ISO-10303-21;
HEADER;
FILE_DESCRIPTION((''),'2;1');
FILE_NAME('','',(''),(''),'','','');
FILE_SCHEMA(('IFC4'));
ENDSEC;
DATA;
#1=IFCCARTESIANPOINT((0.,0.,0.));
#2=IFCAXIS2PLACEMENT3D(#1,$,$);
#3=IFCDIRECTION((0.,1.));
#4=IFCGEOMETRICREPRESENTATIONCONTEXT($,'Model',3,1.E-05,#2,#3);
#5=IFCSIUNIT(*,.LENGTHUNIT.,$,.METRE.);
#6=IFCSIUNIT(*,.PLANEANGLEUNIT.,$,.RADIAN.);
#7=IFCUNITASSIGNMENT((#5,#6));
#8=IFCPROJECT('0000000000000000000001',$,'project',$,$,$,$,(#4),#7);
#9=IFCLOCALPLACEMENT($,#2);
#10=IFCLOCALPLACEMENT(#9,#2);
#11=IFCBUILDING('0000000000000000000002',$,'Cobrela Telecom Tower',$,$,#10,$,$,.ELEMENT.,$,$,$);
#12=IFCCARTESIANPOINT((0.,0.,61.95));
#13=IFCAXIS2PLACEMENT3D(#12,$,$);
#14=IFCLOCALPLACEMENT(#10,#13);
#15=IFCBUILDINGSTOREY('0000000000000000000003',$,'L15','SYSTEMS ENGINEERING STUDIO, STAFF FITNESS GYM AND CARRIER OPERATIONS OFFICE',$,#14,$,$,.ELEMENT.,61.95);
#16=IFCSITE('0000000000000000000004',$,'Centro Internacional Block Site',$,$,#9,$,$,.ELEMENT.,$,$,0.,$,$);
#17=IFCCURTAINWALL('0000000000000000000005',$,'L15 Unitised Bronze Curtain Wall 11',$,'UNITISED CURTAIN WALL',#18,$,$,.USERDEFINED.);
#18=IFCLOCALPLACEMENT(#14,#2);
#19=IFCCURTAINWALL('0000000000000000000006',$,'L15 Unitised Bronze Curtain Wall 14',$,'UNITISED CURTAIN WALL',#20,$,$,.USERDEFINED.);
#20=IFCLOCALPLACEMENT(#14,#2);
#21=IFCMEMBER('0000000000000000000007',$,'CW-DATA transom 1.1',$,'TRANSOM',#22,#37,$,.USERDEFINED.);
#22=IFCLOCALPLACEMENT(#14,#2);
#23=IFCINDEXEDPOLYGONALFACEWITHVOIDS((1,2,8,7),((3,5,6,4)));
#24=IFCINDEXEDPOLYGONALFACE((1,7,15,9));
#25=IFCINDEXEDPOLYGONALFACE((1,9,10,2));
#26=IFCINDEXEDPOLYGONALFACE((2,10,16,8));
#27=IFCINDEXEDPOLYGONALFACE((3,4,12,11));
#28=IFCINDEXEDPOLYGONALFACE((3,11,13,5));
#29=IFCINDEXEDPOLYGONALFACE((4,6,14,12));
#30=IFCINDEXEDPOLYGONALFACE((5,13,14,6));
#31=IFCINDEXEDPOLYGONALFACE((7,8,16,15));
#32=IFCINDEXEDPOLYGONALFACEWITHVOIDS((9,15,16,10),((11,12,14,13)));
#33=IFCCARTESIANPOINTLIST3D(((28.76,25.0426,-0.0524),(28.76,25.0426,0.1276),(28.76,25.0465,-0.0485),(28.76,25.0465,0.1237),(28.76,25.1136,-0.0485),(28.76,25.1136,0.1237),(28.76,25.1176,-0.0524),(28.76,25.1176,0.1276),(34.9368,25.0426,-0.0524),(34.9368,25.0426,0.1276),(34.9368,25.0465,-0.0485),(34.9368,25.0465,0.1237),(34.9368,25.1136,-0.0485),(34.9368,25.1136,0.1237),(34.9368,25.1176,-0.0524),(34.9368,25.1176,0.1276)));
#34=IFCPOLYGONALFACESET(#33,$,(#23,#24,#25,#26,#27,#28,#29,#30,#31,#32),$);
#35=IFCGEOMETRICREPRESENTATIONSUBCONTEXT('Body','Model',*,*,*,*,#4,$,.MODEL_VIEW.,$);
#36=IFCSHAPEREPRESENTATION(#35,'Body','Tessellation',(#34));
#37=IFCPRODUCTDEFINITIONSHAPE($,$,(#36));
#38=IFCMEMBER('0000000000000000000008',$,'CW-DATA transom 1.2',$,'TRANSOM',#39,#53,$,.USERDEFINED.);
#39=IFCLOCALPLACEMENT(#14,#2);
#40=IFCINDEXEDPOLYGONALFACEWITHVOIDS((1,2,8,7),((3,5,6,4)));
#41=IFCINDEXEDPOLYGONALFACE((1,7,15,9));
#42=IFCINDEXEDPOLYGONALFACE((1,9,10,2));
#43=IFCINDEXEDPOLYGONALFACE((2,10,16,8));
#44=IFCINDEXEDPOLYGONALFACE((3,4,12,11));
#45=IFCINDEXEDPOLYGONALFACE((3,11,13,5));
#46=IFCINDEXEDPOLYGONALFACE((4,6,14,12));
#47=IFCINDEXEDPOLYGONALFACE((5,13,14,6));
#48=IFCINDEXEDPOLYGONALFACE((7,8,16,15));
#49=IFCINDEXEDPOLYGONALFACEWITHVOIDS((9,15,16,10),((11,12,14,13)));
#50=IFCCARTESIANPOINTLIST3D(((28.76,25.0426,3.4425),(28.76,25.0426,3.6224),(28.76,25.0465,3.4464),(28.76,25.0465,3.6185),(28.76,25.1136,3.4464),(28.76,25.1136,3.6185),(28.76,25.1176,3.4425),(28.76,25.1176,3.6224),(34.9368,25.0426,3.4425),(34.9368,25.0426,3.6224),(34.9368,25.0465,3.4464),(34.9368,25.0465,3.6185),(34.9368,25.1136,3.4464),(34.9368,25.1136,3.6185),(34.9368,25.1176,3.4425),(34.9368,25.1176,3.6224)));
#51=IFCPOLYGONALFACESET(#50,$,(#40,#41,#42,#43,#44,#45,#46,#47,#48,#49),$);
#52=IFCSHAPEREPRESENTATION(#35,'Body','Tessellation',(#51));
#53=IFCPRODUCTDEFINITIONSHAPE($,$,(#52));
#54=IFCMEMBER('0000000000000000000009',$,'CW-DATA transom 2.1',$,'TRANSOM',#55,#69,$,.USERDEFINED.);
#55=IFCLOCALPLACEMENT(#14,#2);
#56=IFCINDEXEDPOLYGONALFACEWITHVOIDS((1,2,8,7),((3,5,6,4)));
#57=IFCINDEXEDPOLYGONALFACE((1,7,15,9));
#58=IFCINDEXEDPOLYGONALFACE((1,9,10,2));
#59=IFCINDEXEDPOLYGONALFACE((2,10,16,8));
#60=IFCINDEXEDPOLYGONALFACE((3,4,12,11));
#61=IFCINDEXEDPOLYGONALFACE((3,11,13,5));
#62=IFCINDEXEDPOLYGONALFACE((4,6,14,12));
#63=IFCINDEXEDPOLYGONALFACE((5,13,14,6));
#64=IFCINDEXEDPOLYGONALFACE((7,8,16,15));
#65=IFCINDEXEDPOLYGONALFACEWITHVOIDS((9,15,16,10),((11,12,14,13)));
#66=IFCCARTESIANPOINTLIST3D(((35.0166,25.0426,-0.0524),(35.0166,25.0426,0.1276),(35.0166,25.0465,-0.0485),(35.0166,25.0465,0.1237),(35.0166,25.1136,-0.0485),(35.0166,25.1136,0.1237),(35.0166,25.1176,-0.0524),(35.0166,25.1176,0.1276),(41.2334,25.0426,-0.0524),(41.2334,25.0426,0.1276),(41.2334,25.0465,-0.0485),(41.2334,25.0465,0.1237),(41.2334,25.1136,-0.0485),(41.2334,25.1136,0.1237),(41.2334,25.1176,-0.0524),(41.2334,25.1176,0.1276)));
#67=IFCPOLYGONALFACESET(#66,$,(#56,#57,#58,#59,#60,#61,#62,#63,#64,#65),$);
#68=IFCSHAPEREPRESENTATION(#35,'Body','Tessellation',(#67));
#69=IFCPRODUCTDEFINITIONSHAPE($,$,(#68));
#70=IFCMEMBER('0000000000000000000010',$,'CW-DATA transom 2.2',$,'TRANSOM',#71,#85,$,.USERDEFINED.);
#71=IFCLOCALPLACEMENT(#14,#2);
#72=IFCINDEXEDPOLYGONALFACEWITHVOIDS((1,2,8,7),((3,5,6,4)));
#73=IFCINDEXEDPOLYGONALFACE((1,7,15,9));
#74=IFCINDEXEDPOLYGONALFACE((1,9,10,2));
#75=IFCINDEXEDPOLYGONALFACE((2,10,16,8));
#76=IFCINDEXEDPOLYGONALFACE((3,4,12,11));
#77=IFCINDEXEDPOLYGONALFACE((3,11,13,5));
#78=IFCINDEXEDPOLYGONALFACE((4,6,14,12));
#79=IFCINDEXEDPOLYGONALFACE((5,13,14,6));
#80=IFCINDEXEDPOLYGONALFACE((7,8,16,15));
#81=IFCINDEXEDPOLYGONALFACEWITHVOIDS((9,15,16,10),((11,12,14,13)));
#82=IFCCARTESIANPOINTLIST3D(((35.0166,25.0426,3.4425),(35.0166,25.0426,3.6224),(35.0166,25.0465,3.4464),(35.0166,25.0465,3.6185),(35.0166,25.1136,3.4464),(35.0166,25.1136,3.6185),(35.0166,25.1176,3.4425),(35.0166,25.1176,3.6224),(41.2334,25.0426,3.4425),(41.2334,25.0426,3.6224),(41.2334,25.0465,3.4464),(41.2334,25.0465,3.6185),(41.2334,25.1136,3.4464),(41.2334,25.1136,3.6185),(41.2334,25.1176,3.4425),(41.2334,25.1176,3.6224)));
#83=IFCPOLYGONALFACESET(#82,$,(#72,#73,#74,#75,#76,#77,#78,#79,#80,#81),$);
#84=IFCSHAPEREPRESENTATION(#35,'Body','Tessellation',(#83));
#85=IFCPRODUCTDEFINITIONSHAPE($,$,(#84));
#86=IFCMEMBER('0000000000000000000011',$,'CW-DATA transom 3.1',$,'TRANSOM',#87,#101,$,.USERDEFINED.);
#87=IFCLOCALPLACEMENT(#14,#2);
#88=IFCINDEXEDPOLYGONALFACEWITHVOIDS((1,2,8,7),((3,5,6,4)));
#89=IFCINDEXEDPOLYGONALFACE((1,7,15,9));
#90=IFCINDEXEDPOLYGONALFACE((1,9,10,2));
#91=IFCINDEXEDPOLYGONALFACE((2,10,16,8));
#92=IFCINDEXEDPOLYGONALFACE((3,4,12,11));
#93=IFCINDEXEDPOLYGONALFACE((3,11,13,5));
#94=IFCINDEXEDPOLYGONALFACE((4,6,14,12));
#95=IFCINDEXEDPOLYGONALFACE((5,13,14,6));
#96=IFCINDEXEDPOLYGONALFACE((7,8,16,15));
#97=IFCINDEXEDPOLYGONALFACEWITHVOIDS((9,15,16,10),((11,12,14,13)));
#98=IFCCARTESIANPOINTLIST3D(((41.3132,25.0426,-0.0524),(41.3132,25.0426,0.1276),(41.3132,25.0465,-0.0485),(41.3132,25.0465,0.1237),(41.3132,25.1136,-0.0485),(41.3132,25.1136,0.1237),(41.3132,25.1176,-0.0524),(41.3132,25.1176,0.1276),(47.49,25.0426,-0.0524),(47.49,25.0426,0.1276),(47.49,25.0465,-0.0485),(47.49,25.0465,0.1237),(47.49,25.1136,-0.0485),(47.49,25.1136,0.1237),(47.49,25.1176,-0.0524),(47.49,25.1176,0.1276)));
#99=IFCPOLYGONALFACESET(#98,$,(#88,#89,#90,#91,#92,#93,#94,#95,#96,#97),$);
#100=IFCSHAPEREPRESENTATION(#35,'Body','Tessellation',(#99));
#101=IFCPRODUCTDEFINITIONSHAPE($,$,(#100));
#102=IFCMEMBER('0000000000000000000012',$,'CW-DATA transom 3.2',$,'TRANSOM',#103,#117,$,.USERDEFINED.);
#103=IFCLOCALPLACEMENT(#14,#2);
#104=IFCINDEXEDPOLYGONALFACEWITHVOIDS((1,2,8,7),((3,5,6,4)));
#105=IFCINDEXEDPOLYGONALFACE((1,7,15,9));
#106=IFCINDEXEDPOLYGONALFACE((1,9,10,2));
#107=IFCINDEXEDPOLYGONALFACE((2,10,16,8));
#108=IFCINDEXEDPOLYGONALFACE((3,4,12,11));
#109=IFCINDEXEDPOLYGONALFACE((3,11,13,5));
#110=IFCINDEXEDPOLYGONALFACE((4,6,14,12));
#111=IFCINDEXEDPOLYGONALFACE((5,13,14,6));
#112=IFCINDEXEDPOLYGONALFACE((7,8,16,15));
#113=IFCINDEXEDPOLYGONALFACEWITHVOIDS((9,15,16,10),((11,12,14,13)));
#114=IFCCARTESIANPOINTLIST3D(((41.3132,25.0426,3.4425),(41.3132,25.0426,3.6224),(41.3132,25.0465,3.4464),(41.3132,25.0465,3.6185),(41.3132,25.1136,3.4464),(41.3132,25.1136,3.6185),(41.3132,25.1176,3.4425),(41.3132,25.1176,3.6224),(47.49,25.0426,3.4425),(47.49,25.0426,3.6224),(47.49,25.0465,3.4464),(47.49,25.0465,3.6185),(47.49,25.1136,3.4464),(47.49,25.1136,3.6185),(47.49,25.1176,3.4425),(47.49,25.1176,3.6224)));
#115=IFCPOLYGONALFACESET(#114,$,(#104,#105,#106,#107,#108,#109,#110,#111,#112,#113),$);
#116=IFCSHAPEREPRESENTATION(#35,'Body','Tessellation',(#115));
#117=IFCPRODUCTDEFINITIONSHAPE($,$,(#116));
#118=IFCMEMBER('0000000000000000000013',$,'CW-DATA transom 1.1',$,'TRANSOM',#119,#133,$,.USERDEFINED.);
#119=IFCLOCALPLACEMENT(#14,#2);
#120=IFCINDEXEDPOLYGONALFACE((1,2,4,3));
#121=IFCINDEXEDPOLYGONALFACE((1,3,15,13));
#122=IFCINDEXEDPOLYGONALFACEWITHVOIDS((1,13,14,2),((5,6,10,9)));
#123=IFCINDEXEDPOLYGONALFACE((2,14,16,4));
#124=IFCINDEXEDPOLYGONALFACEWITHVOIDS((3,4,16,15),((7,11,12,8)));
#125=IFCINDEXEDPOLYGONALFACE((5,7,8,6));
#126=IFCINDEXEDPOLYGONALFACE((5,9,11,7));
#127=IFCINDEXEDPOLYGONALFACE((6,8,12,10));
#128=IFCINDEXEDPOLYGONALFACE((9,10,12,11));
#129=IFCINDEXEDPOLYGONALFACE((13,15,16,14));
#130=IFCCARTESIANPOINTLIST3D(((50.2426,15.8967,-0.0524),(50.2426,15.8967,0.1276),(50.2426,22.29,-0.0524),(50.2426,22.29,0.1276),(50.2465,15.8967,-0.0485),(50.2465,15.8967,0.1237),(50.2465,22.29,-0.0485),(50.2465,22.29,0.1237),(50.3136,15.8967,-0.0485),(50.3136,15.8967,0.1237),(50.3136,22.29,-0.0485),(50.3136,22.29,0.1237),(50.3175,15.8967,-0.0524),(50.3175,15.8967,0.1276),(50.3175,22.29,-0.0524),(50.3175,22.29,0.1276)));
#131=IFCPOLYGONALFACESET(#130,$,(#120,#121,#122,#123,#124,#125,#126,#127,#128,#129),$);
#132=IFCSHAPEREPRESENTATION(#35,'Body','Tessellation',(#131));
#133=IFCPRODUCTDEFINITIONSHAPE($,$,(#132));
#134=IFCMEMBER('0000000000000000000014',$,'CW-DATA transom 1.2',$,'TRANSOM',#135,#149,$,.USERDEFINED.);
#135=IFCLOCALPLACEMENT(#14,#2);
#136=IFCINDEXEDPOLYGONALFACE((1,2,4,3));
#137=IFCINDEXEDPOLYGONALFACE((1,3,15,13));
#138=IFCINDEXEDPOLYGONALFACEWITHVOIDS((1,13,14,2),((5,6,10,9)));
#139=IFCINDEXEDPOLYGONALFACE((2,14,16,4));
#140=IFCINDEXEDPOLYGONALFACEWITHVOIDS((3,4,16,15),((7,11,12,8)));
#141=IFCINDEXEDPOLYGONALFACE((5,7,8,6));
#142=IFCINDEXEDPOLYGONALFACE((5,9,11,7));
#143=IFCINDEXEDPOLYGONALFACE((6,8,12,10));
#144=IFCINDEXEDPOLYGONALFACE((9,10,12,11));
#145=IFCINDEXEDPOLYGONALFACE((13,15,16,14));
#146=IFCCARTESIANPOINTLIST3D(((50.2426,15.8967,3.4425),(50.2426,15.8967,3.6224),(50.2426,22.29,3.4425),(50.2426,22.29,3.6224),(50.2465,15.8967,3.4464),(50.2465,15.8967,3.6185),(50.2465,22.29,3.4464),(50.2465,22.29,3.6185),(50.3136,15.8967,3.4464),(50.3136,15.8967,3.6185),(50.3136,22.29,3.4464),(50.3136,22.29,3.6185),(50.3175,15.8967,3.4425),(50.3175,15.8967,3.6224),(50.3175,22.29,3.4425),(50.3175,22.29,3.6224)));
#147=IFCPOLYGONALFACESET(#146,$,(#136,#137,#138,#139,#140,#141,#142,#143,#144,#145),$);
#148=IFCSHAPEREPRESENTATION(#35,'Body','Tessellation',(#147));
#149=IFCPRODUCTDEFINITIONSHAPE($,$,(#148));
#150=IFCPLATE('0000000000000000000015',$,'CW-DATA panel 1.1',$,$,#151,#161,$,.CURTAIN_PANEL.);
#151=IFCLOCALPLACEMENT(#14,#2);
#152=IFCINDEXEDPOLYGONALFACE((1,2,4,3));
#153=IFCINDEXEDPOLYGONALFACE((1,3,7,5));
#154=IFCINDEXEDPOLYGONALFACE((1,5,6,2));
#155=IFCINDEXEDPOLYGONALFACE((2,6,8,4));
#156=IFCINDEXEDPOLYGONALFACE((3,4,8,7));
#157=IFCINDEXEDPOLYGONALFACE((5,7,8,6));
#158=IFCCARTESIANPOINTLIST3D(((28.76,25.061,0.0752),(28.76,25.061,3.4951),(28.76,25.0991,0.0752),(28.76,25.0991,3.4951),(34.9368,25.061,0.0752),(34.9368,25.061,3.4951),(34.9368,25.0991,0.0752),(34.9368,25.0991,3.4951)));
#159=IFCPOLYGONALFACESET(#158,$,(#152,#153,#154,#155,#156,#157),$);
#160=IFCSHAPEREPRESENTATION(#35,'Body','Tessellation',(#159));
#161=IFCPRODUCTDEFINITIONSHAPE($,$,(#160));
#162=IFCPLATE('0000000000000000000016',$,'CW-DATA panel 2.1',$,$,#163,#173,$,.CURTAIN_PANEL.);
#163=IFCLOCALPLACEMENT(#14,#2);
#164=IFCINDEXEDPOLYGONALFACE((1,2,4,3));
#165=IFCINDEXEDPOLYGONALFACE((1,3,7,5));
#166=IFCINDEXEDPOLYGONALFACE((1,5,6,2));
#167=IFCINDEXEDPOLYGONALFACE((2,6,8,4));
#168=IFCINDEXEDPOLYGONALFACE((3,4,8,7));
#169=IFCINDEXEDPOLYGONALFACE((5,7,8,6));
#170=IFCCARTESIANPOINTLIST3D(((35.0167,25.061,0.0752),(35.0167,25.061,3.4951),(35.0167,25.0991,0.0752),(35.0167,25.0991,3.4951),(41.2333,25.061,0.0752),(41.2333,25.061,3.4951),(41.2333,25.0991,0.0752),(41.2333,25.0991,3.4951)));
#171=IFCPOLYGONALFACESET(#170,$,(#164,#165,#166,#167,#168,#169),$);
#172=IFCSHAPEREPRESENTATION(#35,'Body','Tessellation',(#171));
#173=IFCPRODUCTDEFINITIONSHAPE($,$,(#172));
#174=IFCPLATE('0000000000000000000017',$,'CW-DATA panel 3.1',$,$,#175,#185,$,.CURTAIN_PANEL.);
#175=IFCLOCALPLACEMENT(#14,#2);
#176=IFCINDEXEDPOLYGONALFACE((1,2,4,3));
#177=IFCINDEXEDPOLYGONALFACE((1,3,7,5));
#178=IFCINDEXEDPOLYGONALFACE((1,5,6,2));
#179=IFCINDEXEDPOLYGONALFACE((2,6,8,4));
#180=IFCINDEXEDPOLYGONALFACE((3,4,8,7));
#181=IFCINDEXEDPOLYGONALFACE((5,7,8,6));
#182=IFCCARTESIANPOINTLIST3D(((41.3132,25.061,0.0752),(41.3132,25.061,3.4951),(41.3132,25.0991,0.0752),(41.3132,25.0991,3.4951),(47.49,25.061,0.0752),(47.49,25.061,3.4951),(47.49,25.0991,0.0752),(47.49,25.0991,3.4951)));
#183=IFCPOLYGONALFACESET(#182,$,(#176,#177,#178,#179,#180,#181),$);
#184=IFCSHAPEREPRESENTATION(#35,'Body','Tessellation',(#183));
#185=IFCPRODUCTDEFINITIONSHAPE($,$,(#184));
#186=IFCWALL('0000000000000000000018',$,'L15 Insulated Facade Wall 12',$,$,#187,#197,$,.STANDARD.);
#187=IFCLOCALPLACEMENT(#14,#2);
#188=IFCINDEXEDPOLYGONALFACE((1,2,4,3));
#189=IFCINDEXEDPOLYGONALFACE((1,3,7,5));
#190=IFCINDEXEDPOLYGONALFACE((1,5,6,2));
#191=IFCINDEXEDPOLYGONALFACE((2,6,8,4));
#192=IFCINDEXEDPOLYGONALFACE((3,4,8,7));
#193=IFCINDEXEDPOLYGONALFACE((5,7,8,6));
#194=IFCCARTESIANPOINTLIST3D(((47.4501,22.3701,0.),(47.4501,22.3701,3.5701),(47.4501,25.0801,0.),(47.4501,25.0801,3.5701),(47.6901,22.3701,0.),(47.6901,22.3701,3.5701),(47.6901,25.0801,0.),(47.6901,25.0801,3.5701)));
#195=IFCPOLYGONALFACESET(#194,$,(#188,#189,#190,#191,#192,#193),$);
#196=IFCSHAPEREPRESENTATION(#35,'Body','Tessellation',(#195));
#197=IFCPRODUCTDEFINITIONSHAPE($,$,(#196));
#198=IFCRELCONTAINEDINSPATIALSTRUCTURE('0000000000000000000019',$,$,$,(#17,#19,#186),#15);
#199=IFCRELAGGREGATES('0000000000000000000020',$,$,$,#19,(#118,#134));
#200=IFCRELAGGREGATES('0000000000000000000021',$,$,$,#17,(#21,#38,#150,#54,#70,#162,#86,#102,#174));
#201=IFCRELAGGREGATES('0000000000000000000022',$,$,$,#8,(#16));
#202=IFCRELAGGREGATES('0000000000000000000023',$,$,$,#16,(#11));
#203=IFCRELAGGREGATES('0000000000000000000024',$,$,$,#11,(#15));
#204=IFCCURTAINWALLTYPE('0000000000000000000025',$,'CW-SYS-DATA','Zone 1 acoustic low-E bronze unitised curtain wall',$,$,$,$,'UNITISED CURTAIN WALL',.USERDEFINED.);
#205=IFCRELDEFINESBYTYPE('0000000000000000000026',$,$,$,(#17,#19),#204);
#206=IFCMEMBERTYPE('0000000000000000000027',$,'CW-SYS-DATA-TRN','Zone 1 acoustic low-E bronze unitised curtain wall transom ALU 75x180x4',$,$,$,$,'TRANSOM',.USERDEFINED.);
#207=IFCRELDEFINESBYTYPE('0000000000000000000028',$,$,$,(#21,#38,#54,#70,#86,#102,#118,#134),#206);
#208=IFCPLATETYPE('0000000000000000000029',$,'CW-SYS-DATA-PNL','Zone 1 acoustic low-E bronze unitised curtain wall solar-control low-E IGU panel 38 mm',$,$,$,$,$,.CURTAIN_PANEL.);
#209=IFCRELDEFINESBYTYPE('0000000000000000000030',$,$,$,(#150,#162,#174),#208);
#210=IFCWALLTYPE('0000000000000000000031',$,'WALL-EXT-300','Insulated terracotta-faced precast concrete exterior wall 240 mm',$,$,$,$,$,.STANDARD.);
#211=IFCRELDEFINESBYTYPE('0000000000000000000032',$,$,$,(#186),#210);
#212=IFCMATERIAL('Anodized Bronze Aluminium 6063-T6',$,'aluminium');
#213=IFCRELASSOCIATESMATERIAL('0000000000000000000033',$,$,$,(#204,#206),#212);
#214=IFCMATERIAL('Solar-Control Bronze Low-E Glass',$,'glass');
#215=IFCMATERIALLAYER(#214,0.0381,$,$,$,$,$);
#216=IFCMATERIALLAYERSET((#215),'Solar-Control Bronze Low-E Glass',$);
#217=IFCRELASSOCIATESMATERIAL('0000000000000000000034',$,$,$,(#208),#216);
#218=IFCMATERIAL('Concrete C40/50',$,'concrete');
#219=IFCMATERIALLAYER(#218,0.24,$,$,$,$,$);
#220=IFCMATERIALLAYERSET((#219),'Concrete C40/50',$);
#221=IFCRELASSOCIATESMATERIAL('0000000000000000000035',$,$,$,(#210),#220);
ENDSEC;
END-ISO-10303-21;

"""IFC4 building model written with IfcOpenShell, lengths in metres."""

from ifc_helpers import new_model, si_unit, direction, frame, frame_2d, origin, origin_2d, place, context, subcontext, project, spatial, rectangle, hollow_rectangle, extrude, material, layer, layer_set, material_profile, profile_set, type_object, element, aggregate, save


model = new_model("IFC4")

# Units and contexts
model_context = context("Model", 3, precision=1e-05, world=origin(), true_north=direction((0.0, 1.0)))
body_context = subcontext(model_context, "Body", "Model", "MODEL_VIEW")
ifc_project = project(units=[si_unit("LENGTHUNIT", "METRE"), si_unit("PLANEANGLEUNIT", "RADIAN")], contexts=[model_context])

# Site, building, storey
site_placement = place(None, origin())
site = spatial("IfcSite", under=ifc_project, at=site_placement, Name="Centro Internacional Block Site", CompositionType="ELEMENT", RefElevation=0.0)
building_placement = place(site_placement, origin())
building = spatial("IfcBuilding", under=site, at=building_placement, Name="Cobrela Telecom Tower", CompositionType="ELEMENT")
storey_placement = place(building_placement, frame((0.0, 0.0, 61.95)))
storey = spatial("IfcBuildingStorey", under=building, at=storey_placement, Name="L15", Description="SYSTEMS ENGINEERING STUDIO, STAFF FITNESS GYM AND CARRIER OPERATIONS OFFICE", CompositionType="ELEMENT", Elevation=61.95)

# Shared definitions
ifc_material_1 = material(Name="Anodized Bronze Aluminium 6063-T6", Category="aluminium")
curtain_wall_type = type_object("IfcCurtainWallType", Name="CW-SYS-DATA", Description="Zone 1 acoustic low-E bronze unitised curtain wall", ElementType="UNITISED CURTAIN WALL", PredefinedType="USERDEFINED", material=ifc_material_1)

# Curtain wall
curtain_wall_1_placement = place(storey_placement, origin())
curtain_wall_1 = element("IfcCurtainWall", 1, at=curtain_wall_1_placement, inside=storey, type_object=curtain_wall_type, Name="L15 Unitised Bronze Curtain Wall 11", ObjectType="UNITISED CURTAIN WALL", PredefinedType="USERDEFINED")

# Curtain wall
curtain_wall_2_placement = place(storey_placement, origin())
curtain_wall_2 = element("IfcCurtainWall", 2, at=curtain_wall_2_placement, inside=storey, type_object=curtain_wall_type, Name="L15 Unitised Bronze Curtain Wall 14", ObjectType="UNITISED CURTAIN WALL", PredefinedType="USERDEFINED")

# Members
ifc_material_profile_1 = material_profile(ifc_material_1, hollow_rectangle(XDim=0.075, YDim=0.1799, WallThickness=0.0039, at=origin_2d()), Name="ALU 75x180x4")
ifc_profile_set_1 = profile_set([ifc_material_profile_1], Name="Anodized Bronze Aluminium 6063-T6")
member_type_1 = type_object("IfcMemberType", Name="CW-SYS-DATA-TRN", Description="Zone 1 acoustic low-E bronze unitised curtain wall transom ALU 75x180x4", ElementType="TRANSOM", PredefinedType="USERDEFINED", material=ifc_profile_set_1)
member_1_placement = place(storey_placement, frame((28.76, 25.0801, 0.0376), z_axis=(1.0, 0.0, 0.0), x_axis=(0.0, 1.0, 0.0)))
member_1 = element("IfcMember", 3, at=member_1_placement, type_object=member_type_1, Name="CW-DATA transom 1.1", ObjectType="TRANSOM", PredefinedType="USERDEFINED", context=body_context, shape_type="SweptSolid", body=[
    extrude(hollow_rectangle(XDim=0.075, YDim=0.1799, WallThickness=0.0039, at=origin_2d()), origin(), (0.0, 0.0, 1.0), 6.1768),
])
member_2_placement = place(storey_placement, frame((28.76, 25.0801, 3.5325), z_axis=(1.0, 0.0, 0.0), x_axis=(0.0, 1.0, 0.0)))
member_2 = element("IfcMember", 4, at=member_2_placement, type_object=member_type_1, Name="CW-DATA transom 1.2", ObjectType="TRANSOM", PredefinedType="USERDEFINED", context=body_context, shape_type="SweptSolid", body=[
    extrude(hollow_rectangle(XDim=0.075, YDim=0.1799, WallThickness=0.0039, at=origin_2d()), origin(), (0.0, 0.0, 1.0), 6.1768),
])
member_3_placement = place(storey_placement, frame((35.0166, 25.0801, 0.0376), z_axis=(1.0, 0.0, 0.0), x_axis=(0.0, 1.0, 0.0)))
member_3 = element("IfcMember", 5, at=member_3_placement, type_object=member_type_1, Name="CW-DATA transom 2.1", ObjectType="TRANSOM", PredefinedType="USERDEFINED", context=body_context, shape_type="SweptSolid", body=[
    extrude(hollow_rectangle(XDim=0.075, YDim=0.1799, WallThickness=0.0039, at=origin_2d()), origin(), (0.0, 0.0, 1.0), 6.2168),
])
member_4_placement = place(storey_placement, frame((35.0166, 25.0801, 3.5325), z_axis=(1.0, 0.0, 0.0), x_axis=(0.0, 1.0, 0.0)))
member_4 = element("IfcMember", 6, at=member_4_placement, type_object=member_type_1, Name="CW-DATA transom 2.2", ObjectType="TRANSOM", PredefinedType="USERDEFINED", context=body_context, shape_type="SweptSolid", body=[
    extrude(hollow_rectangle(XDim=0.075, YDim=0.1799, WallThickness=0.0039, at=origin_2d()), origin(), (0.0, 0.0, 1.0), 6.2168),
])
member_5_placement = place(storey_placement, frame((41.3132, 25.0801, 0.0376), z_axis=(1.0, 0.0, 0.0), x_axis=(0.0, 1.0, 0.0)))
member_5 = element("IfcMember", 7, at=member_5_placement, type_object=member_type_1, Name="CW-DATA transom 3.1", ObjectType="TRANSOM", PredefinedType="USERDEFINED", context=body_context, shape_type="SweptSolid", body=[
    extrude(hollow_rectangle(XDim=0.075, YDim=0.1799, WallThickness=0.0039, at=origin_2d()), origin(), (0.0, 0.0, 1.0), 6.1768),
])
member_6_placement = place(storey_placement, frame((41.3132, 25.0801, 3.5325), z_axis=(1.0, 0.0, 0.0), x_axis=(0.0, 1.0, 0.0)))
member_6 = element("IfcMember", 8, at=member_6_placement, type_object=member_type_1, Name="CW-DATA transom 3.2", ObjectType="TRANSOM", PredefinedType="USERDEFINED", context=body_context, shape_type="SweptSolid", body=[
    extrude(hollow_rectangle(XDim=0.075, YDim=0.1799, WallThickness=0.0039, at=origin_2d()), origin(), (0.0, 0.0, 1.0), 6.1768),
])
member_7_placement = place(storey_placement, frame((50.28, 22.29, 0.0376), z_axis=(0.0, -1.0, 0.0), x_axis=(1.0, 0.0, 0.0)))
member_7 = element("IfcMember", 9, at=member_7_placement, type_object=member_type_1, Name="CW-DATA transom 1.1", ObjectType="TRANSOM", PredefinedType="USERDEFINED", context=body_context, shape_type="SweptSolid", body=[
    extrude(hollow_rectangle(XDim=0.075, YDim=0.1799, WallThickness=0.0039, at=origin_2d()), origin(), (0.0, 0.0, 1.0), 6.3933),
])
member_8_placement = place(storey_placement, frame((50.28, 22.29, 3.5325), z_axis=(0.0, -1.0, 0.0), x_axis=(1.0, 0.0, 0.0)))
member_8 = element("IfcMember", 10, at=member_8_placement, type_object=member_type_1, Name="CW-DATA transom 1.2", ObjectType="TRANSOM", PredefinedType="USERDEFINED", context=body_context, shape_type="SweptSolid", body=[
    extrude(hollow_rectangle(XDim=0.075, YDim=0.1799, WallThickness=0.0039, at=origin_2d()), origin(), (0.0, 0.0, 1.0), 6.3933),
])
aggregate(curtain_wall_2, [member_7, member_8])

# Plates
ifc_material_2 = material(Name="Solar-Control Bronze Low-E Glass", Category="glass")
ifc_layer_1 = layer(ifc_material_2, 0.0381)
ifc_layer_set_1 = layer_set([ifc_layer_1], Name="Solar-Control Bronze Low-E Glass")
plate_type = type_object("IfcPlateType", Name="CW-SYS-DATA-PNL", Description="Zone 1 acoustic low-E bronze unitised curtain wall solar-control low-E IGU panel 38 mm", PredefinedType="CURTAIN_PANEL", material=ifc_layer_set_1)
plate_1_placement = place(storey_placement, frame((31.8484, 25.0801, 0.0752), z_axis=(0.0, 0.0, 1.0), x_axis=(1.0, 0.0, 0.0)))
plate_1 = element("IfcPlate", 11, at=plate_1_placement, type_object=plate_type, Name="CW-DATA panel 1.1", PredefinedType="CURTAIN_PANEL", context=body_context, shape_type="SweptSolid", body=[
    extrude(rectangle(XDim=6.1768, YDim=0.0381, at=origin_2d()), origin(), (0.0, 0.0, 1.0), 3.4199),
])
plate_2_placement = place(storey_placement, frame((38.125, 25.0801, 0.0752), z_axis=(0.0, 0.0, 1.0), x_axis=(1.0, 0.0, 0.0)))
plate_2 = element("IfcPlate", 12, at=plate_2_placement, type_object=plate_type, Name="CW-DATA panel 2.1", PredefinedType="CURTAIN_PANEL", context=body_context, shape_type="SweptSolid", body=[
    extrude(rectangle(XDim=6.2166, YDim=0.0381, at=origin_2d()), origin(), (0.0, 0.0, 1.0), 3.4199),
])
plate_3_placement = place(storey_placement, frame((44.4016, 25.0801, 0.0752), z_axis=(0.0, 0.0, 1.0), x_axis=(1.0, 0.0, 0.0)))
plate_3 = element("IfcPlate", 13, at=plate_3_placement, type_object=plate_type, Name="CW-DATA panel 3.1", PredefinedType="CURTAIN_PANEL", context=body_context, shape_type="SweptSolid", body=[
    extrude(rectangle(XDim=6.1768, YDim=0.0381, at=origin_2d()), origin(), (0.0, 0.0, 1.0), 3.4199),
])
aggregate(curtain_wall_1, [member_1, member_2, plate_1, member_3, member_4, plate_2, member_5, member_6, plate_3])

# Wall
ifc_material_3 = material(Name="Concrete C40/50", Category="concrete")
ifc_layer_2 = layer(ifc_material_3, 0.24)
ifc_layer_set_2 = layer_set([ifc_layer_2], Name="Concrete C40/50")
wall_type = type_object("IfcWallType", Name="WALL-EXT-300", Description="Insulated terracotta-faced precast concrete exterior wall 240 mm", PredefinedType="STANDARD", material=ifc_layer_set_2)
wall_1_placement = place(storey_placement, frame((47.5701, 25.0801, 0.0), z_axis=(0.0, 0.0, 1.0), x_axis=(0.0, -1.0, 0.0)))
element("IfcWall", 14, at=wall_1_placement, inside=storey, type_object=wall_type, Name="L15 Insulated Facade Wall 12", PredefinedType="STANDARD", context=body_context, shape_type="SweptSolid", body=[
    extrude(rectangle(XDim=2.71, YDim=0.24, at=frame_2d((1.355, 0.0))), origin(), (0.0, 0.0, 1.0), 3.5701),
])

save(model, "model.ifc")
